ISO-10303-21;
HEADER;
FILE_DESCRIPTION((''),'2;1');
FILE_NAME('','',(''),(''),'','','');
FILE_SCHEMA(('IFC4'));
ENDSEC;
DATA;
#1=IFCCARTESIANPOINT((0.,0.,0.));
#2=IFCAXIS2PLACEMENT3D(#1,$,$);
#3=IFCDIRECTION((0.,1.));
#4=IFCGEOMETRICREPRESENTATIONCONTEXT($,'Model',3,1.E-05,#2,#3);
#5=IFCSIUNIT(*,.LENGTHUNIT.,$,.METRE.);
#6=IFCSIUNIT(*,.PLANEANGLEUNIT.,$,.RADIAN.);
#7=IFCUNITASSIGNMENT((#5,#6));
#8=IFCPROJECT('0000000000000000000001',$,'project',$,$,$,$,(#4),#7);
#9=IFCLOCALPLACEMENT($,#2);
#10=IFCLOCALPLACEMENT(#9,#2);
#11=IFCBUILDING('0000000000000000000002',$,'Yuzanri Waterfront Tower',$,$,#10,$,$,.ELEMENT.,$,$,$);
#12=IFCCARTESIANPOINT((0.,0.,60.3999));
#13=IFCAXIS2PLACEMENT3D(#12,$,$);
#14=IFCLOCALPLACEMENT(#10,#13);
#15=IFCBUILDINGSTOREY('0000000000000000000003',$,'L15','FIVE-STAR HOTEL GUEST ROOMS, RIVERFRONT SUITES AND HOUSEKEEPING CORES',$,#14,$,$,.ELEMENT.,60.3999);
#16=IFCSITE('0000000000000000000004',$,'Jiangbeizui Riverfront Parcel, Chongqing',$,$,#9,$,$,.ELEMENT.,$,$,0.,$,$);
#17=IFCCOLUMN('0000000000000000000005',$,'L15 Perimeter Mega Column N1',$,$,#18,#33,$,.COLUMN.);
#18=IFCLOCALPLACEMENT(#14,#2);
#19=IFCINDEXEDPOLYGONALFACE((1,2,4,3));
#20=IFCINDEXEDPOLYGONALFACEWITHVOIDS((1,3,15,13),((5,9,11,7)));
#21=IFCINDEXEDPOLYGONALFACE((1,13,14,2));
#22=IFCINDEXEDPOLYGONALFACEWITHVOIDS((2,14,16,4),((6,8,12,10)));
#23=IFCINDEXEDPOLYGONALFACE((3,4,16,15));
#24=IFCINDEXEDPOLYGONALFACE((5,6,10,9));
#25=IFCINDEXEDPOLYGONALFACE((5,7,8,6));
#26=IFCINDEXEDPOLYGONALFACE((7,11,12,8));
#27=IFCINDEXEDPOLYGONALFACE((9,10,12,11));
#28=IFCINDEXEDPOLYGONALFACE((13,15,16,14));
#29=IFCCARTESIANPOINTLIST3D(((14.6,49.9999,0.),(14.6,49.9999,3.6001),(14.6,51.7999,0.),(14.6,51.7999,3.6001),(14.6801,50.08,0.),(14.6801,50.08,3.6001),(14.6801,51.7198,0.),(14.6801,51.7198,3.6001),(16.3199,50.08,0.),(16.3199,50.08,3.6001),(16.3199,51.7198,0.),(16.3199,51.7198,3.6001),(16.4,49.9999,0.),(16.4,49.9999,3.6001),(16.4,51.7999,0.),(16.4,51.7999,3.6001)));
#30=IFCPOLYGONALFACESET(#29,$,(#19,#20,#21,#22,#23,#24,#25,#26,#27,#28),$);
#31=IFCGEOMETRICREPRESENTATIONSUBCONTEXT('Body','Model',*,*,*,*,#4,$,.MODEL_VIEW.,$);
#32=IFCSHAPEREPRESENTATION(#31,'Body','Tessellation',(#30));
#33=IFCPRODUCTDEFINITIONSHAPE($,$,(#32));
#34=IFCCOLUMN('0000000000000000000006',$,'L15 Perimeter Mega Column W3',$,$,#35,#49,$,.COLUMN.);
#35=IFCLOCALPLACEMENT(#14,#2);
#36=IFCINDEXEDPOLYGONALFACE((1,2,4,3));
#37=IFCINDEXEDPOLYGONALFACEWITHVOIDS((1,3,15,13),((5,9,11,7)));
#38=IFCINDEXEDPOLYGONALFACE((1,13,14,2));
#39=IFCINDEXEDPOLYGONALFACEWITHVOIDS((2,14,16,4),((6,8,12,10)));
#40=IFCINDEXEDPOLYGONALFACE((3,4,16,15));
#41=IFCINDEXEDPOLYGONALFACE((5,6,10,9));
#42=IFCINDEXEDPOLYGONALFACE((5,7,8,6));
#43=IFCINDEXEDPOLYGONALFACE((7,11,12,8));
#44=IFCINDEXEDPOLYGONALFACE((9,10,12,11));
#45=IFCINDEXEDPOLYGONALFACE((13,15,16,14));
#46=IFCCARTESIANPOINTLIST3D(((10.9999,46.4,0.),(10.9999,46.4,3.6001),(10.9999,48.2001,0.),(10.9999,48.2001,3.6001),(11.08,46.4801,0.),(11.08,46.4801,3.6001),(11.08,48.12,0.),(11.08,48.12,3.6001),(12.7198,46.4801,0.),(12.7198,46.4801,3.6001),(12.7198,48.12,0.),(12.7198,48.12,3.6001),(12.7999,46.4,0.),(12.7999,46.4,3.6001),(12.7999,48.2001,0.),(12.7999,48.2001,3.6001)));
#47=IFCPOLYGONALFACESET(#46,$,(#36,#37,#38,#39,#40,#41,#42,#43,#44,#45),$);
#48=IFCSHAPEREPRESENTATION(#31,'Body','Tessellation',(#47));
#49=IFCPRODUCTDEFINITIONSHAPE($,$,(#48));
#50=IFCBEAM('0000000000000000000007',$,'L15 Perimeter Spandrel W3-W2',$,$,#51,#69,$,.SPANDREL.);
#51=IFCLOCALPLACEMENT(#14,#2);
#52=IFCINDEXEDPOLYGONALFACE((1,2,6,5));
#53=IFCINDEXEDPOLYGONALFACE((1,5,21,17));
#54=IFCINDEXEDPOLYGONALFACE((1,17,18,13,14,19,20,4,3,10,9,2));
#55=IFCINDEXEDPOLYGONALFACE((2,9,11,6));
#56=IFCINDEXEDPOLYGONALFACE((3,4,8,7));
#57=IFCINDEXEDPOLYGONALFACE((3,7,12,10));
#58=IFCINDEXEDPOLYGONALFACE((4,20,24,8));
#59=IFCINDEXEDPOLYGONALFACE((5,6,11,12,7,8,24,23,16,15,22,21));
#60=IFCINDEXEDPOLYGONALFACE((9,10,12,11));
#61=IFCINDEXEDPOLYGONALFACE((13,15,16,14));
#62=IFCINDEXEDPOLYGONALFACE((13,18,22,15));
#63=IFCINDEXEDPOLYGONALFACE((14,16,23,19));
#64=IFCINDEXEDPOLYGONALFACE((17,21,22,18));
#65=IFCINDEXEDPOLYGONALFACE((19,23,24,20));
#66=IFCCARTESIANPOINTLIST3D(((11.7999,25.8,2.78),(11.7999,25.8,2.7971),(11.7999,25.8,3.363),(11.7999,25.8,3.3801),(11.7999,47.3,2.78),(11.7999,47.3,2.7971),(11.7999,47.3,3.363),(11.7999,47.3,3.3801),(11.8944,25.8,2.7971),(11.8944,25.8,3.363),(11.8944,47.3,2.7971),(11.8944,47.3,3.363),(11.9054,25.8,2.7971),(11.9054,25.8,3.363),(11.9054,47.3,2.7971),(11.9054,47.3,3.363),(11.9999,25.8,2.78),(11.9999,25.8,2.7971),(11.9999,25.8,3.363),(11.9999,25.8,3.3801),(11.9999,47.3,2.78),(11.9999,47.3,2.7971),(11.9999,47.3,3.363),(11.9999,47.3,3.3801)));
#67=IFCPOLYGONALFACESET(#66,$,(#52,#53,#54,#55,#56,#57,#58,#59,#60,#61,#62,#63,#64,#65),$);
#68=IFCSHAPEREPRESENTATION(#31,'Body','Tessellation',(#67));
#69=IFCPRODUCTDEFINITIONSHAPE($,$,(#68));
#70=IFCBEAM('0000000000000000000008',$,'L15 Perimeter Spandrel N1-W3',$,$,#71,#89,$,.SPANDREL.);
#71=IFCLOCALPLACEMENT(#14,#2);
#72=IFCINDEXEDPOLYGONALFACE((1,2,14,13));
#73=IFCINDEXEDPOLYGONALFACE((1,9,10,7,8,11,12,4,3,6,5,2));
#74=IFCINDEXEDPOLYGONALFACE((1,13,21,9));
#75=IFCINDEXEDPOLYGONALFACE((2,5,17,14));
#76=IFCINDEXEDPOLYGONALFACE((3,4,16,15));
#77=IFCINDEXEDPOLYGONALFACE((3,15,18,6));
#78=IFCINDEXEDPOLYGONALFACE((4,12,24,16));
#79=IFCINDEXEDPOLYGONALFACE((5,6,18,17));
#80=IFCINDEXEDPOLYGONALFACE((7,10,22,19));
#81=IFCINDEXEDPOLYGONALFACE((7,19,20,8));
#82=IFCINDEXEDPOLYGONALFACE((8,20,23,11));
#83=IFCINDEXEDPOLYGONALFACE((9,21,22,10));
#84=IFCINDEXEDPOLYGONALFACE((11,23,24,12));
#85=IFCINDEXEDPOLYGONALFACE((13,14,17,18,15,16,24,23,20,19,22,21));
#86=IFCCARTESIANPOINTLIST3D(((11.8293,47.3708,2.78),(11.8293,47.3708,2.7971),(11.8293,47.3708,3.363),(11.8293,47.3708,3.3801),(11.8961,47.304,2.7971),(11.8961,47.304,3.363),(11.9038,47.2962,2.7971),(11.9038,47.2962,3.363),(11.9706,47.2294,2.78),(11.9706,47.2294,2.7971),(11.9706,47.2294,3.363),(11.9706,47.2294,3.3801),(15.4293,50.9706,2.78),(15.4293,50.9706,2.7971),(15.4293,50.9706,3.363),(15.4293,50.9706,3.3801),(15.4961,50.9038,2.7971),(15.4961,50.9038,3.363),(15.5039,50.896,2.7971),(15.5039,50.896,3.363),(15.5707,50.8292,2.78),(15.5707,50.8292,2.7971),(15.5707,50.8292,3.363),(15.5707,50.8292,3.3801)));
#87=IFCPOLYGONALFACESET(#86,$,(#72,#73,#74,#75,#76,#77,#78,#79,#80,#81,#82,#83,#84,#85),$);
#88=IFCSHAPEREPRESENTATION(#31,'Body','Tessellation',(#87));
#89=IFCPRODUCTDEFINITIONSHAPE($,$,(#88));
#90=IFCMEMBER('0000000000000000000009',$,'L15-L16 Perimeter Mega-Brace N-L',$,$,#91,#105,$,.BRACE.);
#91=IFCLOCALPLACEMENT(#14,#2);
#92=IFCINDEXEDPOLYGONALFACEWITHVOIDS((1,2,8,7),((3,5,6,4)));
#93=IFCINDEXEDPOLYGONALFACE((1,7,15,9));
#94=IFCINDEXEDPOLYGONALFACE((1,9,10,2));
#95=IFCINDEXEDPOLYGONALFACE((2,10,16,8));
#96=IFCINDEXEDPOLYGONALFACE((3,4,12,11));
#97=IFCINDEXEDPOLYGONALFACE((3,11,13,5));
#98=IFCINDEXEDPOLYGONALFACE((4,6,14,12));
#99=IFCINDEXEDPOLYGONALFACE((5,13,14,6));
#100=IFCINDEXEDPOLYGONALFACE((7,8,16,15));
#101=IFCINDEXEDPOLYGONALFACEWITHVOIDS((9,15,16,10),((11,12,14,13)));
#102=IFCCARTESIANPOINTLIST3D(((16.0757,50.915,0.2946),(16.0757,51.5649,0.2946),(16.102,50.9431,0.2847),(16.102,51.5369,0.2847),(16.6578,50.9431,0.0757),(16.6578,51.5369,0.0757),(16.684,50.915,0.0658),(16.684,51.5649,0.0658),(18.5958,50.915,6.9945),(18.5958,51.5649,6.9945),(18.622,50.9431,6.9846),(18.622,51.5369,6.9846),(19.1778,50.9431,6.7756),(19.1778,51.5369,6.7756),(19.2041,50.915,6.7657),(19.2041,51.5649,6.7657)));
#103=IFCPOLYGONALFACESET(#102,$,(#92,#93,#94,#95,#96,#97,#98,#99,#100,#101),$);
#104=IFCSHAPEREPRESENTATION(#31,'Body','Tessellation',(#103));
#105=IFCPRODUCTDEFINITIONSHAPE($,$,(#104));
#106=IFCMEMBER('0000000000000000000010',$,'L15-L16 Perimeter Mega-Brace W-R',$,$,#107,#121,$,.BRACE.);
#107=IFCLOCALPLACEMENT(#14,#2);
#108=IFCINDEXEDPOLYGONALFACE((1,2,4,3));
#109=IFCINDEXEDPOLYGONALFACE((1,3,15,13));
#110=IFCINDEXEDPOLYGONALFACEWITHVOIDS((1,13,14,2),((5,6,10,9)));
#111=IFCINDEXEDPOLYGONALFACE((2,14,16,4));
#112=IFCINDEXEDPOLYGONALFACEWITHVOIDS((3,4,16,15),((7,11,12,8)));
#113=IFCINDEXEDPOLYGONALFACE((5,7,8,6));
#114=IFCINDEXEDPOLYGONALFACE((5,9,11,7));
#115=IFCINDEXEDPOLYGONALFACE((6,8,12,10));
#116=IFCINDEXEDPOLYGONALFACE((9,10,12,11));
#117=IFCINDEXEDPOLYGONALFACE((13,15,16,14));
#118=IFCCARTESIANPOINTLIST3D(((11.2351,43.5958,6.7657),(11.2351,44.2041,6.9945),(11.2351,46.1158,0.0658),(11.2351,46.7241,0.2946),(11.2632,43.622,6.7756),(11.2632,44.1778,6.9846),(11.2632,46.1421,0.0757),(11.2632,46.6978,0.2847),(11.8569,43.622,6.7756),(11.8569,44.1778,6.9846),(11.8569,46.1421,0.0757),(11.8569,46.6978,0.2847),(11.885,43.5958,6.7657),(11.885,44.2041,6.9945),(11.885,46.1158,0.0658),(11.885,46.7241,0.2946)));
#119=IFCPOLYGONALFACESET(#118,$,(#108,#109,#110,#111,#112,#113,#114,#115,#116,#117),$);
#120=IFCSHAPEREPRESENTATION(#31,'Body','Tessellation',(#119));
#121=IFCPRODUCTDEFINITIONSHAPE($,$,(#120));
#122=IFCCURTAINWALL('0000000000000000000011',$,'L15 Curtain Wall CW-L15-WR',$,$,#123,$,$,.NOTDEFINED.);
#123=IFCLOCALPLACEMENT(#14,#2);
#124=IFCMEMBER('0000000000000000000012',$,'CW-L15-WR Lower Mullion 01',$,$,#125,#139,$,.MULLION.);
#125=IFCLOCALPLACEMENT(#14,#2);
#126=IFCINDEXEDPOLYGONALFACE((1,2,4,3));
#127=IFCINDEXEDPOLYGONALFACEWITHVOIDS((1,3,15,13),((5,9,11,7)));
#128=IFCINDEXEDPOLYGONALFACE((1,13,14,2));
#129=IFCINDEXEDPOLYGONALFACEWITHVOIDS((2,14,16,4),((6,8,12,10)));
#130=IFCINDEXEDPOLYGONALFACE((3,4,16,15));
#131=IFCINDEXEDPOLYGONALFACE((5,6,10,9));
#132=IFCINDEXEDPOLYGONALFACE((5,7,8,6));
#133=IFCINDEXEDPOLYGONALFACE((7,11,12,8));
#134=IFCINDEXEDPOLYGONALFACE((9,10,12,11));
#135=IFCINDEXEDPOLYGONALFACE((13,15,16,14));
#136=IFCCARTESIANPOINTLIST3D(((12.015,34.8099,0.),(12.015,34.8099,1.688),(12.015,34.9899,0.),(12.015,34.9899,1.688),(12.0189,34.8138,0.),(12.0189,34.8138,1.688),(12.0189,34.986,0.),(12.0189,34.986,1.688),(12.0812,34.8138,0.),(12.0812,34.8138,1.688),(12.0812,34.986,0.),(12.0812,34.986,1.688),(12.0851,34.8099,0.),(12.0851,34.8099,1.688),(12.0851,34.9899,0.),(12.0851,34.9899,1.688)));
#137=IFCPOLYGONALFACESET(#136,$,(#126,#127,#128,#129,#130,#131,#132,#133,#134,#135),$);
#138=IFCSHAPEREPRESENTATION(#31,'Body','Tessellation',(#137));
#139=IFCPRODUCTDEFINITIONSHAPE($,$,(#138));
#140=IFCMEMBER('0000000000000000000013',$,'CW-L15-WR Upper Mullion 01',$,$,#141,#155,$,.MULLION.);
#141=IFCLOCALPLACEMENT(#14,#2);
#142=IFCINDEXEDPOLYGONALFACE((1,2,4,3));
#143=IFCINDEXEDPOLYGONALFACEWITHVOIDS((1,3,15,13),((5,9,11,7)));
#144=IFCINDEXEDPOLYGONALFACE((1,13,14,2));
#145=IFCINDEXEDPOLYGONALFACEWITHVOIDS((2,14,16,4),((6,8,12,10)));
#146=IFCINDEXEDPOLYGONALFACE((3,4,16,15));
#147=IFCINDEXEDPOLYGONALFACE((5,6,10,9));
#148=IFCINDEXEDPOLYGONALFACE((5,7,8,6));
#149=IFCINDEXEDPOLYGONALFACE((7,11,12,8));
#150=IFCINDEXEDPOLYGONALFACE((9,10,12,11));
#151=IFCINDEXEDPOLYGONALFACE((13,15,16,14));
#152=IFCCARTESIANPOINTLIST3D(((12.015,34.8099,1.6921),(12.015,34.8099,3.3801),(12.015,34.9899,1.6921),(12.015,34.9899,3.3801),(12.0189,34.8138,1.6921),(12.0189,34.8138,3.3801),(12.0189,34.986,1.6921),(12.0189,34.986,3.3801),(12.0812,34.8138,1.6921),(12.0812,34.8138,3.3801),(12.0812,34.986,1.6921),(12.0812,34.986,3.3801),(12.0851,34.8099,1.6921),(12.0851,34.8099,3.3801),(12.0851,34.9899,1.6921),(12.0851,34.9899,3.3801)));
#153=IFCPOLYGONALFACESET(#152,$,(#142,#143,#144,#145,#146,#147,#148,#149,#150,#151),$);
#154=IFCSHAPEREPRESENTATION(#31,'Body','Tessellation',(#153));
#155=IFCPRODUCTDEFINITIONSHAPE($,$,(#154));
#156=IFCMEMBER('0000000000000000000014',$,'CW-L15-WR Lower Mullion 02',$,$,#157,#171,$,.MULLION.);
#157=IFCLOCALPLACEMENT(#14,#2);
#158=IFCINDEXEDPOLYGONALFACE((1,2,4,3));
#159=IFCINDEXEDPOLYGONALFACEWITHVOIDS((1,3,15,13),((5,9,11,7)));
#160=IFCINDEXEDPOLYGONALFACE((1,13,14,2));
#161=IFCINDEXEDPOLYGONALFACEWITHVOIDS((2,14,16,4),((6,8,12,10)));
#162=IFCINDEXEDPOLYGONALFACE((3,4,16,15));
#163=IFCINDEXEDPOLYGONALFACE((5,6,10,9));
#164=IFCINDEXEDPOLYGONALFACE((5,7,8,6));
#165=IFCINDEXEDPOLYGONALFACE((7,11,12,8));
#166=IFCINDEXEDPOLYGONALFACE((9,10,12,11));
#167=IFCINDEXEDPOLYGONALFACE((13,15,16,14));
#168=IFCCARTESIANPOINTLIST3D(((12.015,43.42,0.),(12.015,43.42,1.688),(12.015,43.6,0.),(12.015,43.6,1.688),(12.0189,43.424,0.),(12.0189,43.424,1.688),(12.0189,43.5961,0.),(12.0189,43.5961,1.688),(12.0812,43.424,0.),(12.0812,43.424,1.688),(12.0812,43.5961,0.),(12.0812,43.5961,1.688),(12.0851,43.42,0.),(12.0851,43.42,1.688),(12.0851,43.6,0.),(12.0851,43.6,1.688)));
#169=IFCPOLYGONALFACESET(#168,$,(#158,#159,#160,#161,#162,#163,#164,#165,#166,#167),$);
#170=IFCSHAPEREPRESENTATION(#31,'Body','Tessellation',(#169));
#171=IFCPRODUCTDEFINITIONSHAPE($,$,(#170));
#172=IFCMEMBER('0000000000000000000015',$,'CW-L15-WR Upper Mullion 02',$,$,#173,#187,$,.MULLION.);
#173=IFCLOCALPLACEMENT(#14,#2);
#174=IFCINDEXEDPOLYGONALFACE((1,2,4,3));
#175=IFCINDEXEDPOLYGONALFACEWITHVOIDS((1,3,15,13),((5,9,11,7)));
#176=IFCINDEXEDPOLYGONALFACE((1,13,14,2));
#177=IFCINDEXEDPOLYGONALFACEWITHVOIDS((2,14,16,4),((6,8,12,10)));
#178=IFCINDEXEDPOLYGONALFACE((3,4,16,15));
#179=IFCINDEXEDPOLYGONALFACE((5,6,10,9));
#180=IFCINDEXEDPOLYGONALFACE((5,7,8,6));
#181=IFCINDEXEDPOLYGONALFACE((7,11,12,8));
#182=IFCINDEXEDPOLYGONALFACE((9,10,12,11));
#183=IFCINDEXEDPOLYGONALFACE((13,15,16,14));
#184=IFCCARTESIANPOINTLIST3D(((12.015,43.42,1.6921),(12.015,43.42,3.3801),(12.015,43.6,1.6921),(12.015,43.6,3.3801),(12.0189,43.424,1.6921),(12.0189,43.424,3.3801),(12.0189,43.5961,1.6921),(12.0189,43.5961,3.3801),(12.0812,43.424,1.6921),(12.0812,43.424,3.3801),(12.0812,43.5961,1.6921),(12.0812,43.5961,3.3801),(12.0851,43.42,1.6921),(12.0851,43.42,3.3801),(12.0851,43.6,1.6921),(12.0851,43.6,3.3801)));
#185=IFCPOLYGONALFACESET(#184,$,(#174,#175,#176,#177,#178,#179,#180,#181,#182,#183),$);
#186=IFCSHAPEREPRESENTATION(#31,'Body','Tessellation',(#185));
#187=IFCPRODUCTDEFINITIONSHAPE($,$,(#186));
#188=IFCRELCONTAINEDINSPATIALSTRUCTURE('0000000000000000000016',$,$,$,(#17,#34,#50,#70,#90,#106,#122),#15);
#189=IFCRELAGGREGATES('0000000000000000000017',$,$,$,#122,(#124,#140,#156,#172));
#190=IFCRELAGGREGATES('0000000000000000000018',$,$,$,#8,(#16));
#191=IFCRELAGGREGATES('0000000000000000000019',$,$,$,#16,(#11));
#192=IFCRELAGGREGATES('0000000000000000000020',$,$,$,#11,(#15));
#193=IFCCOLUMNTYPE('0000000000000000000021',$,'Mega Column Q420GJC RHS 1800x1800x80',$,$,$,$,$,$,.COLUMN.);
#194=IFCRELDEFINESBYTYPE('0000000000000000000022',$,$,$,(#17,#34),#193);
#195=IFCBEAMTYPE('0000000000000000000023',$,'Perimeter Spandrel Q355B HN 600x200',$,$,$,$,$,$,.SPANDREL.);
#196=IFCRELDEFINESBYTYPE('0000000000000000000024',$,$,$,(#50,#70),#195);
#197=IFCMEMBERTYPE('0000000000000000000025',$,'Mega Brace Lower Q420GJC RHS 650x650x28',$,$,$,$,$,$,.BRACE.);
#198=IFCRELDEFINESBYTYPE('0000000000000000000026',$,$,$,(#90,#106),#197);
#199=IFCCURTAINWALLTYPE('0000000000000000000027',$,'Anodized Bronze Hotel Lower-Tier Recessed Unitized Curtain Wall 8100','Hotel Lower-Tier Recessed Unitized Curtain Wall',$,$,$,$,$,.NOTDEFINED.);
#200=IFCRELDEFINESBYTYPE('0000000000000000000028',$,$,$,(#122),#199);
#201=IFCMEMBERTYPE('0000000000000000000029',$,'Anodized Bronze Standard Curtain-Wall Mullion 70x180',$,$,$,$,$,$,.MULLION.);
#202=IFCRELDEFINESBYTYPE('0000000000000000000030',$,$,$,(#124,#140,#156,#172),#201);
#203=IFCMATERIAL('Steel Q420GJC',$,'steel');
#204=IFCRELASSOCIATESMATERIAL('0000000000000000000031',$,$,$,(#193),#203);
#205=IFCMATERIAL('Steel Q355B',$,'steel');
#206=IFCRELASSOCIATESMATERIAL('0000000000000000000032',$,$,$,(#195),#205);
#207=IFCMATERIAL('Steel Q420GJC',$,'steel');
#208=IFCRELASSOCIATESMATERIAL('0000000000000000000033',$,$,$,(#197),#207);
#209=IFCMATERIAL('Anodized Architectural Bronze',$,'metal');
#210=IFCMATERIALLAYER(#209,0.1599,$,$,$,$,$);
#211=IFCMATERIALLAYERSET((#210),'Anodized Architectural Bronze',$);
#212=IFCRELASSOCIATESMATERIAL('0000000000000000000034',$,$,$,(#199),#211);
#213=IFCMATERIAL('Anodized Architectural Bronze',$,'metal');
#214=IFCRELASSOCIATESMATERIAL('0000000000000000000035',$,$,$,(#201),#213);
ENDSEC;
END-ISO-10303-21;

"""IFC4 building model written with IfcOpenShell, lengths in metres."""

from ifc_helpers import new_model, si_unit, direction, frame, origin, origin_2d, place, context, subcontext, project, spatial, hollow_rectangle, i_section, extrude, source, transform, mapped, material, layer, layer_set, material_profile, profile_set, type_object, element, aggregate, save


model = new_model("IFC4")

# Units and contexts
model_context = context("Model", 3, precision=1e-05, world=origin(), true_north=direction((0.0, 1.0)))
body_context = subcontext(model_context, "Body", "Model", "MODEL_VIEW")
ifc_project = project(units=[si_unit("LENGTHUNIT", "METRE"), si_unit("PLANEANGLEUNIT", "RADIAN")], contexts=[model_context])

# Site, building, storey
site_placement = place(None, origin())
site = spatial("IfcSite", under=ifc_project, at=site_placement, Name="Jiangbeizui Riverfront Parcel, Chongqing", CompositionType="ELEMENT", RefElevation=0.0)
building_placement = place(site_placement, origin())
building = spatial("IfcBuilding", under=site, at=building_placement, Name="Yuzanri Waterfront Tower", CompositionType="ELEMENT")
storey_placement = place(building_placement, frame((0.0, 0.0, 60.3999)))
storey = spatial("IfcBuildingStorey", under=building, at=storey_placement, Name="L15", Description="FIVE-STAR HOTEL GUEST ROOMS, RIVERFRONT SUITES AND HOUSEKEEPING CORES", CompositionType="ELEMENT", Elevation=60.3999)

# Columns
ifc_material_1 = material(Name="Steel Q420GJC", Category="steel")
ifc_material_profile_1 = material_profile(ifc_material_1, hollow_rectangle(XDim=1.8, YDim=1.8, WallThickness=0.0801, at=origin_2d()), Name="RHS 1800x1800x80")
ifc_profile_set_1 = profile_set([ifc_material_profile_1], Name="Steel Q420GJC")
column_type = type_object("IfcColumnType", Name="Mega Column Q420GJC RHS 1800x1800x80", PredefinedType="COLUMN", material=ifc_profile_set_1)
shared_shape_1 = source(origin(), body_context, "Body", "SweptSolid", [
    extrude(hollow_rectangle(XDim=1.8, YDim=1.8, WallThickness=0.0801, at=origin_2d()), origin(), (0.0, 0.0, 1.0), 3.6001),
])
for number, where, z_axis, x_axis, name in (
    (1, (15.5, 50.8999, 0.0), (0.0, 0.0, 1.0), (1.0, 0.0, 0.0), "L15 Perimeter Mega Column N1"),
    (2, (11.8999, 47.3, 0.0), (0.0, 0.0, 1.0), (1.0, 0.0, 0.0), "L15 Perimeter Mega Column W3"),
):
    element("IfcColumn", number, at=place(storey_placement, frame(where, z_axis=z_axis, x_axis=x_axis)), inside=storey, type_object=column_type, Name=name, PredefinedType="COLUMN", context=body_context, shape_type="MappedRepresentation", body=[
        mapped(shared_shape_1, transform((0.0, 0.0, 0.0), scale=1.0)),
    ])

# Beams
ifc_material_2 = material(Name="Steel Q355B", Category="steel")
ifc_material_profile_2 = material_profile(ifc_material_2, i_section(OverallWidth=0.2, OverallDepth=0.6001, WebThickness=0.011, FlangeThickness=0.0171, at=origin_2d()), Name="HN 600x200x11x17")
ifc_profile_set_2 = profile_set([ifc_material_profile_2], Name="Steel Q355B")
beam_type = type_object("IfcBeamType", Name="Perimeter Spandrel Q355B HN 600x200", PredefinedType="SPANDREL", material=ifc_profile_set_2)
shared_shape_2 = source(origin(), body_context, "Body", "SweptSolid", [
    extrude(i_section(OverallWidth=0.2, OverallDepth=0.6001, WebThickness=0.011, FlangeThickness=0.0171, at=origin_2d()), origin(), (0.0, 0.0, 1.0), 21.5),
])
beam_1_placement = place(storey_placement, frame((11.8999, 47.3, 3.0801), z_axis=(0.0, -1.0, 0.0), x_axis=(1.0, 0.0, 0.0)))
element("IfcBeam", 3, at=beam_1_placement, inside=storey, type_object=beam_type, Name="L15 Perimeter Spandrel W3-W2", PredefinedType="SPANDREL", context=body_context, shape_type="MappedRepresentation", body=[
    mapped(shared_shape_2, transform((0.0, 0.0, 0.0), scale=1.0)),
])
shared_shape_3 = source(origin(), body_context, "Body", "SweptSolid", [
    extrude(i_section(OverallWidth=0.2, OverallDepth=0.6001, WebThickness=0.011, FlangeThickness=0.0171, at=origin_2d()), origin(), (0.0, 0.0, 1.0), 5.0911),
])
beam_2_placement = place(storey_placement, frame((15.5, 50.8999, 3.0801), z_axis=(-0.707131, -0.707083, 0.0), x_axis=(0.707083, -0.707131, 0.0)))
element("IfcBeam", 4, at=beam_2_placement, inside=storey, type_object=beam_type, Name="L15 Perimeter Spandrel N1-W3", PredefinedType="SPANDREL", context=body_context, shape_type="MappedRepresentation", body=[
    mapped(shared_shape_3, transform((0.0, 0.0, 0.0), scale=1.0)),
])

# Members
ifc_material_3 = material(Name="Steel Q420GJC", Category="steel")
ifc_material_profile_3 = material_profile(ifc_material_3, hollow_rectangle(XDim=0.6499, YDim=0.6499, WallThickness=0.0281, at=origin_2d()), Name="RHS 650x650x28")
ifc_profile_set_3 = profile_set([ifc_material_profile_3], Name="Steel Q420GJC")
member_type_1 = type_object("IfcMemberType", Name="Mega Brace Lower Q420GJC RHS 650x650x28", PredefinedType="BRACE", material=ifc_profile_set_3)
shared_shape_4 = source(origin(), body_context, "Body", "SweptSolid", [
    extrude(hollow_rectangle(XDim=0.6499, YDim=0.6499, WallThickness=0.0281, at=origin_2d()), origin(), (0.0, 0.0, 1.0), 7.1582),
])
for number, where, z_axis, x_axis, name in (
    (5, (16.3799, 51.24, 0.1802), (0.352046, 0.0, 0.935983), (0.0, 1.0, 0.0), "L15-L16 Perimeter Mega-Brace N-L"),
    (6, (11.5601, 46.4199, 0.1802), (0.0, -0.352046, 0.935983), (1.0, 0.0, 0.0), "L15-L16 Perimeter Mega-Brace W-R"),
):
    element("IfcMember", number, at=place(storey_placement, frame(where, z_axis=z_axis, x_axis=x_axis)), inside=storey, type_object=member_type_1, Name=name, PredefinedType="BRACE", context=body_context, shape_type="MappedRepresentation", body=[
        mapped(shared_shape_4, transform((0.0, 0.0, 0.0), scale=1.0)),
    ])

# Curtain wall, members
ifc_material_4 = material(Name="Anodized Architectural Bronze", Category="metal")
ifc_layer_1 = layer(ifc_material_4, 0.1599)
ifc_layer_set_1 = layer_set([ifc_layer_1], Name="Anodized Architectural Bronze")
curtain_wall_type = type_object("IfcCurtainWallType", Name="Anodized Bronze Hotel Lower-Tier Recessed Unitized Curtain Wall 8100", Description="Hotel Lower-Tier Recessed Unitized Curtain Wall", PredefinedType="NOTDEFINED", material=ifc_layer_set_1)
curtain_wall_placement = place(storey_placement, origin())
curtain_wall = element("IfcCurtainWall", 7, at=curtain_wall_placement, inside=storey, type_object=curtain_wall_type, Name="L15 Curtain Wall CW-L15-WR", PredefinedType="NOTDEFINED")
ifc_material_5 = material(Name="Anodized Architectural Bronze", Category="metal")
ifc_material_profile_4 = material_profile(ifc_material_5, hollow_rectangle(XDim=0.0701, YDim=0.1799, WallThickness=0.0039, at=origin_2d()), Name="CWM 70x180")
ifc_profile_set_4 = profile_set([ifc_material_profile_4], Name="Anodized Architectural Bronze")
member_type_2 = type_object("IfcMemberType", Name="Anodized Bronze Standard Curtain-Wall Mullion 70x180", PredefinedType="MULLION", material=ifc_profile_set_4)
shared_shape_5 = source(origin(), body_context, "Body", "SweptSolid", [
    extrude(hollow_rectangle(XDim=0.0701, YDim=0.1799, WallThickness=0.0039, at=origin_2d()), origin(), (0.0, 0.0, 1.0), 1.688),
])
member_1_placement = place(storey_placement, frame((12.05, 34.8999, 0.0), z_axis=(0.0, 0.0, 1.0), x_axis=(1.0, 0.0, 0.0)))
member_1 = element("IfcMember", 8, at=member_1_placement, type_object=member_type_2, Name="CW-L15-WR Lower Mullion 01", PredefinedType="MULLION", context=body_context, shape_type="MappedRepresentation", body=[
    mapped(shared_shape_5, transform((0.0, 0.0, 0.0), scale=1.0)),
])
member_2_placement = place(storey_placement, frame((12.05, 34.8999, 1.6921), z_axis=(0.0, 0.0, 1.0), x_axis=(1.0, 0.0, 0.0)))
member_2 = element("IfcMember", 9, at=member_2_placement, type_object=member_type_2, Name="CW-L15-WR Upper Mullion 01", PredefinedType="MULLION", context=body_context, shape_type="MappedRepresentation", body=[
    mapped(shared_shape_5, transform((0.0, 0.0, 0.0), scale=1.0)),
])
member_3_placement = place(storey_placement, frame((12.05, 43.51, 0.0), z_axis=(0.0, 0.0, 1.0), x_axis=(1.0, 0.0, 0.0)))
member_3 = element("IfcMember", 10, at=member_3_placement, type_object=member_type_2, Name="CW-L15-WR Lower Mullion 02", PredefinedType="MULLION", context=body_context, shape_type="MappedRepresentation", body=[
    mapped(shared_shape_5, transform((0.0, 0.0, 0.0), scale=1.0)),
])
member_4_placement = place(storey_placement, frame((12.05, 43.51, 1.6921), z_axis=(0.0, 0.0, 1.0), x_axis=(1.0, 0.0, 0.0)))
member_4 = element("IfcMember", 11, at=member_4_placement, type_object=member_type_2, Name="CW-L15-WR Upper Mullion 02", PredefinedType="MULLION", context=body_context, shape_type="MappedRepresentation", body=[
    mapped(shared_shape_5, transform((0.0, 0.0, 0.0), scale=1.0)),
])

aggregate(curtain_wall, [member_1, member_2, member_3, member_4])

save(model, "model.ifc")
